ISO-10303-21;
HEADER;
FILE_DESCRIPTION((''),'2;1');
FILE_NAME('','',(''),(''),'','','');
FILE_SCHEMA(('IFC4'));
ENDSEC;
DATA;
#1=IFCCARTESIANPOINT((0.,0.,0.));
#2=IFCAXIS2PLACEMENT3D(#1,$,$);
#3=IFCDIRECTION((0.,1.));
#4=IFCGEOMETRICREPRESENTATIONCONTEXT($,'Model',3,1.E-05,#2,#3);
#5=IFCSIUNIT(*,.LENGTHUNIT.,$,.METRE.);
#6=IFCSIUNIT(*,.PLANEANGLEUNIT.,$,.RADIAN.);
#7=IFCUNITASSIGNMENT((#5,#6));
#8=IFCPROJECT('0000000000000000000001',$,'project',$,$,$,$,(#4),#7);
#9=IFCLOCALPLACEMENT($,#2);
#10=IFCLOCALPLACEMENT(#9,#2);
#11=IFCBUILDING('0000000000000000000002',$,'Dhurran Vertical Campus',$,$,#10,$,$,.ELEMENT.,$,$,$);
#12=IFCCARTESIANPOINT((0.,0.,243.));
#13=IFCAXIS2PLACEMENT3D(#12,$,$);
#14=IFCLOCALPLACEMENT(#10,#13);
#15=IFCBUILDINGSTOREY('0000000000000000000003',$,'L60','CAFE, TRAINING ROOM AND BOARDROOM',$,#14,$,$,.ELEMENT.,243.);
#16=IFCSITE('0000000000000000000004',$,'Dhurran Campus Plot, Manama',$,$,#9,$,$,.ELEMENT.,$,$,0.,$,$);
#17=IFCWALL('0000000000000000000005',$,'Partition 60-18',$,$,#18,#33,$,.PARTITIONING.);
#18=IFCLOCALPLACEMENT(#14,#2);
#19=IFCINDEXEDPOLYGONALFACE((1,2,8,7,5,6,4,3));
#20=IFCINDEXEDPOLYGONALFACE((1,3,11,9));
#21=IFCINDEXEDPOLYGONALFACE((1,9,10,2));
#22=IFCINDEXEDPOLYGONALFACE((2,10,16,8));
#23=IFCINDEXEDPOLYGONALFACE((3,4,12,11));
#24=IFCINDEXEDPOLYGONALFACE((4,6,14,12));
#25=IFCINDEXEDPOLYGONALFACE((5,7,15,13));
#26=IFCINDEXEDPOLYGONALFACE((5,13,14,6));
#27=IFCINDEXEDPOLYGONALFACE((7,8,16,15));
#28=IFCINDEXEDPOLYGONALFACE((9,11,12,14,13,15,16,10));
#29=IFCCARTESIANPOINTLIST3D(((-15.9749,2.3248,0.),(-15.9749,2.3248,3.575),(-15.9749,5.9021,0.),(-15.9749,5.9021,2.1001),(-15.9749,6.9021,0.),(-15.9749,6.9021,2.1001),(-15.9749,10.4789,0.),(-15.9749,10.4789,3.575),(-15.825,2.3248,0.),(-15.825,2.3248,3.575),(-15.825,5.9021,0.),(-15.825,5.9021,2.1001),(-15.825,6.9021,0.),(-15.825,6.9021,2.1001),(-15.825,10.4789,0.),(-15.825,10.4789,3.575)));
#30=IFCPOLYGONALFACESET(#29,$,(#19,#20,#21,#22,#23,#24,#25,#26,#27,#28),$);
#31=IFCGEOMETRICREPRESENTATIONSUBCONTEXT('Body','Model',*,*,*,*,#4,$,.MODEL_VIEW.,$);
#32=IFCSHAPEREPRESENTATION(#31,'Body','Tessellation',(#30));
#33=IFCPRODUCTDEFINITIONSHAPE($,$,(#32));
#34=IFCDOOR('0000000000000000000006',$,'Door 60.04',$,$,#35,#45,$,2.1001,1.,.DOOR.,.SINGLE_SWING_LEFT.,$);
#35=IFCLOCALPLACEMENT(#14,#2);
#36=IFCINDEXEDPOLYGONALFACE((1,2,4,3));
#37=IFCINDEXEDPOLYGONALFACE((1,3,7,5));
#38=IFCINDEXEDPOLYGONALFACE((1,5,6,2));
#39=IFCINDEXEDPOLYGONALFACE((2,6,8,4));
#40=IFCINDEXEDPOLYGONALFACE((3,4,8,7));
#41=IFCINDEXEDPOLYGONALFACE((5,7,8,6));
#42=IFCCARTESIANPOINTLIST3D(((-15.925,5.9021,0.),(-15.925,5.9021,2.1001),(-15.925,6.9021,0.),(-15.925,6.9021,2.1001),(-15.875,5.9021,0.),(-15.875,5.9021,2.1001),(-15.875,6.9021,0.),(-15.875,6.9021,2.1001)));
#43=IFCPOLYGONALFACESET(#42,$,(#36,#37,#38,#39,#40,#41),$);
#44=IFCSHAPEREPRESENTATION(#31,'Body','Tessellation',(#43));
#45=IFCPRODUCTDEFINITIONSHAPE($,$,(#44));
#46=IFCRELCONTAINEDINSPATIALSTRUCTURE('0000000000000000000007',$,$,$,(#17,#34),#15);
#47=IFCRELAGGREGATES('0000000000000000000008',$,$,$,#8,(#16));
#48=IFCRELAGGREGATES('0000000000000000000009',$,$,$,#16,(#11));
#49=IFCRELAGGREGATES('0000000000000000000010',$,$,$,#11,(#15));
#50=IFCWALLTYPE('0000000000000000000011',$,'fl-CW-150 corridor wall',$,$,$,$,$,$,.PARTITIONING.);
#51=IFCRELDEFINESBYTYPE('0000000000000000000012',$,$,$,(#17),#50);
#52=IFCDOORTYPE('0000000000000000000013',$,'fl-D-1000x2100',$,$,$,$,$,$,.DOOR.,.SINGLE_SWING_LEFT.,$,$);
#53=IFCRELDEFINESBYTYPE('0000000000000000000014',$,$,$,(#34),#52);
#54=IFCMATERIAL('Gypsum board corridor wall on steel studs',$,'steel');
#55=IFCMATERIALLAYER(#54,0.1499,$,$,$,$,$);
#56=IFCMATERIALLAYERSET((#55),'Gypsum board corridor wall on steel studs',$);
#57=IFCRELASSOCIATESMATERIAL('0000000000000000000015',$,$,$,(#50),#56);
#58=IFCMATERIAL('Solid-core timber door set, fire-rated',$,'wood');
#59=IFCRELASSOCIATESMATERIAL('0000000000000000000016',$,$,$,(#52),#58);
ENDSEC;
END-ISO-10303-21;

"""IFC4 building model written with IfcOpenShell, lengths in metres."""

from ifc_helpers import new_model, si_unit, direction, frame, frame_2d, origin, place, context, subcontext, project, spatial, rectangle, extrude, material, layer, layer_set, type_object, element, fill, save


model = new_model("IFC4")

# Units and contexts
model_context = context("Model", 3, precision=1e-05, world=origin(), true_north=direction((0.0, 1.0)))
body_context = subcontext(model_context, "Body", "Model", "MODEL_VIEW")
ifc_project = project(units=[si_unit("LENGTHUNIT", "METRE"), si_unit("PLANEANGLEUNIT", "RADIAN")], contexts=[model_context])

# Site, building, storey
site_placement = place(None, origin())
site = spatial("IfcSite", under=ifc_project, at=site_placement, Name="Dhurran Campus Plot, Manama", CompositionType="ELEMENT", RefElevation=0.0)
building_placement = place(site_placement, origin())
building = spatial("IfcBuilding", under=site, at=building_placement, Name="Dhurran Vertical Campus", CompositionType="ELEMENT")
storey_placement = place(building_placement, frame((0.0, 0.0, 243.0)))
storey = spatial("IfcBuildingStorey", under=building, at=storey_placement, Name="L60", Description="CAFE, TRAINING ROOM AND BOARDROOM", CompositionType="ELEMENT", Elevation=243.0)

# Shared definitions
ifc_material_1 = material(Name="Gypsum board corridor wall on steel studs", Category="steel")
ifc_layer_1 = layer(ifc_material_1, 0.1499)
ifc_layer_set_1 = layer_set([ifc_layer_1], Name="Gypsum board corridor wall on steel studs")
wall_type_1 = type_object("IfcWallType", Name="fl-CW-150 corridor wall", PredefinedType="PARTITIONING", material=ifc_layer_set_1)
ifc_material_2 = material(Name="Solid-core timber door set, fire-rated", Category="wood")
door_type_1 = type_object("IfcDoorType", Name="fl-D-1000x2100", OperationType="SINGLE_SWING_LEFT", PredefinedType="DOOR", material=ifc_material_2)

# Wall, opening, door
wall_1_placement = place(storey_placement, frame((-15.8999, 10.479, 0.0), z_axis=(0.0, 0.0, 1.0), x_axis=(0.0, -1.0, 0.0)))
wall_1 = element("IfcWall", 1, at=wall_1_placement, inside=storey, type_object=wall_type_1, Name="Partition 60-18", PredefinedType="PARTITIONING", context=body_context, shape_type="SweptSolid", body=[
    extrude(rectangle(XDim=8.1541, YDim=0.1499, at=frame_2d((4.0771, 0.0))), origin(), (0.0, 0.0, 1.0), 3.575),
])
opening_1_placement = place(wall_1_placement, frame((3.5769, 0.0, 0.0)))
opening_1 = element("IfcOpeningElement", 2, at=opening_1_placement, cuts=wall_1, PredefinedType="OPENING", context=body_context, shape_type="SweptSolid", body=[
    extrude(rectangle(XDim=1.0, YDim=2.1001, at=frame_2d((0.5, 1.05))), frame((0.0, 0.085, 0.0), z_axis=(0.0, -1.0, 0.0), x_axis=(1.0, 0.0, 0.0)), (0.0, 0.0, 1.0), 0.1699),
])
door_1_placement = place(opening_1_placement, origin())
door_1 = element("IfcDoor", 3, at=door_1_placement, inside=storey, type_object=door_type_1, Name="Door 60.04", OperationType="SINGLE_SWING_LEFT", OverallHeight=2.1001, OverallWidth=1.0, PredefinedType="DOOR", context=body_context, shape_type="SweptSolid", body=[
    extrude(rectangle(XDim=1.0, YDim=2.1001, at=frame_2d((0.5, 1.05))), frame((0.0, 0.0249, 0.0), z_axis=(0.0, -1.0, 0.0), x_axis=(1.0, 0.0, 0.0)), (0.0, 0.0, 1.0), 0.05),
])
fill(opening_1, door_1)

save(model, "model.ifc")
